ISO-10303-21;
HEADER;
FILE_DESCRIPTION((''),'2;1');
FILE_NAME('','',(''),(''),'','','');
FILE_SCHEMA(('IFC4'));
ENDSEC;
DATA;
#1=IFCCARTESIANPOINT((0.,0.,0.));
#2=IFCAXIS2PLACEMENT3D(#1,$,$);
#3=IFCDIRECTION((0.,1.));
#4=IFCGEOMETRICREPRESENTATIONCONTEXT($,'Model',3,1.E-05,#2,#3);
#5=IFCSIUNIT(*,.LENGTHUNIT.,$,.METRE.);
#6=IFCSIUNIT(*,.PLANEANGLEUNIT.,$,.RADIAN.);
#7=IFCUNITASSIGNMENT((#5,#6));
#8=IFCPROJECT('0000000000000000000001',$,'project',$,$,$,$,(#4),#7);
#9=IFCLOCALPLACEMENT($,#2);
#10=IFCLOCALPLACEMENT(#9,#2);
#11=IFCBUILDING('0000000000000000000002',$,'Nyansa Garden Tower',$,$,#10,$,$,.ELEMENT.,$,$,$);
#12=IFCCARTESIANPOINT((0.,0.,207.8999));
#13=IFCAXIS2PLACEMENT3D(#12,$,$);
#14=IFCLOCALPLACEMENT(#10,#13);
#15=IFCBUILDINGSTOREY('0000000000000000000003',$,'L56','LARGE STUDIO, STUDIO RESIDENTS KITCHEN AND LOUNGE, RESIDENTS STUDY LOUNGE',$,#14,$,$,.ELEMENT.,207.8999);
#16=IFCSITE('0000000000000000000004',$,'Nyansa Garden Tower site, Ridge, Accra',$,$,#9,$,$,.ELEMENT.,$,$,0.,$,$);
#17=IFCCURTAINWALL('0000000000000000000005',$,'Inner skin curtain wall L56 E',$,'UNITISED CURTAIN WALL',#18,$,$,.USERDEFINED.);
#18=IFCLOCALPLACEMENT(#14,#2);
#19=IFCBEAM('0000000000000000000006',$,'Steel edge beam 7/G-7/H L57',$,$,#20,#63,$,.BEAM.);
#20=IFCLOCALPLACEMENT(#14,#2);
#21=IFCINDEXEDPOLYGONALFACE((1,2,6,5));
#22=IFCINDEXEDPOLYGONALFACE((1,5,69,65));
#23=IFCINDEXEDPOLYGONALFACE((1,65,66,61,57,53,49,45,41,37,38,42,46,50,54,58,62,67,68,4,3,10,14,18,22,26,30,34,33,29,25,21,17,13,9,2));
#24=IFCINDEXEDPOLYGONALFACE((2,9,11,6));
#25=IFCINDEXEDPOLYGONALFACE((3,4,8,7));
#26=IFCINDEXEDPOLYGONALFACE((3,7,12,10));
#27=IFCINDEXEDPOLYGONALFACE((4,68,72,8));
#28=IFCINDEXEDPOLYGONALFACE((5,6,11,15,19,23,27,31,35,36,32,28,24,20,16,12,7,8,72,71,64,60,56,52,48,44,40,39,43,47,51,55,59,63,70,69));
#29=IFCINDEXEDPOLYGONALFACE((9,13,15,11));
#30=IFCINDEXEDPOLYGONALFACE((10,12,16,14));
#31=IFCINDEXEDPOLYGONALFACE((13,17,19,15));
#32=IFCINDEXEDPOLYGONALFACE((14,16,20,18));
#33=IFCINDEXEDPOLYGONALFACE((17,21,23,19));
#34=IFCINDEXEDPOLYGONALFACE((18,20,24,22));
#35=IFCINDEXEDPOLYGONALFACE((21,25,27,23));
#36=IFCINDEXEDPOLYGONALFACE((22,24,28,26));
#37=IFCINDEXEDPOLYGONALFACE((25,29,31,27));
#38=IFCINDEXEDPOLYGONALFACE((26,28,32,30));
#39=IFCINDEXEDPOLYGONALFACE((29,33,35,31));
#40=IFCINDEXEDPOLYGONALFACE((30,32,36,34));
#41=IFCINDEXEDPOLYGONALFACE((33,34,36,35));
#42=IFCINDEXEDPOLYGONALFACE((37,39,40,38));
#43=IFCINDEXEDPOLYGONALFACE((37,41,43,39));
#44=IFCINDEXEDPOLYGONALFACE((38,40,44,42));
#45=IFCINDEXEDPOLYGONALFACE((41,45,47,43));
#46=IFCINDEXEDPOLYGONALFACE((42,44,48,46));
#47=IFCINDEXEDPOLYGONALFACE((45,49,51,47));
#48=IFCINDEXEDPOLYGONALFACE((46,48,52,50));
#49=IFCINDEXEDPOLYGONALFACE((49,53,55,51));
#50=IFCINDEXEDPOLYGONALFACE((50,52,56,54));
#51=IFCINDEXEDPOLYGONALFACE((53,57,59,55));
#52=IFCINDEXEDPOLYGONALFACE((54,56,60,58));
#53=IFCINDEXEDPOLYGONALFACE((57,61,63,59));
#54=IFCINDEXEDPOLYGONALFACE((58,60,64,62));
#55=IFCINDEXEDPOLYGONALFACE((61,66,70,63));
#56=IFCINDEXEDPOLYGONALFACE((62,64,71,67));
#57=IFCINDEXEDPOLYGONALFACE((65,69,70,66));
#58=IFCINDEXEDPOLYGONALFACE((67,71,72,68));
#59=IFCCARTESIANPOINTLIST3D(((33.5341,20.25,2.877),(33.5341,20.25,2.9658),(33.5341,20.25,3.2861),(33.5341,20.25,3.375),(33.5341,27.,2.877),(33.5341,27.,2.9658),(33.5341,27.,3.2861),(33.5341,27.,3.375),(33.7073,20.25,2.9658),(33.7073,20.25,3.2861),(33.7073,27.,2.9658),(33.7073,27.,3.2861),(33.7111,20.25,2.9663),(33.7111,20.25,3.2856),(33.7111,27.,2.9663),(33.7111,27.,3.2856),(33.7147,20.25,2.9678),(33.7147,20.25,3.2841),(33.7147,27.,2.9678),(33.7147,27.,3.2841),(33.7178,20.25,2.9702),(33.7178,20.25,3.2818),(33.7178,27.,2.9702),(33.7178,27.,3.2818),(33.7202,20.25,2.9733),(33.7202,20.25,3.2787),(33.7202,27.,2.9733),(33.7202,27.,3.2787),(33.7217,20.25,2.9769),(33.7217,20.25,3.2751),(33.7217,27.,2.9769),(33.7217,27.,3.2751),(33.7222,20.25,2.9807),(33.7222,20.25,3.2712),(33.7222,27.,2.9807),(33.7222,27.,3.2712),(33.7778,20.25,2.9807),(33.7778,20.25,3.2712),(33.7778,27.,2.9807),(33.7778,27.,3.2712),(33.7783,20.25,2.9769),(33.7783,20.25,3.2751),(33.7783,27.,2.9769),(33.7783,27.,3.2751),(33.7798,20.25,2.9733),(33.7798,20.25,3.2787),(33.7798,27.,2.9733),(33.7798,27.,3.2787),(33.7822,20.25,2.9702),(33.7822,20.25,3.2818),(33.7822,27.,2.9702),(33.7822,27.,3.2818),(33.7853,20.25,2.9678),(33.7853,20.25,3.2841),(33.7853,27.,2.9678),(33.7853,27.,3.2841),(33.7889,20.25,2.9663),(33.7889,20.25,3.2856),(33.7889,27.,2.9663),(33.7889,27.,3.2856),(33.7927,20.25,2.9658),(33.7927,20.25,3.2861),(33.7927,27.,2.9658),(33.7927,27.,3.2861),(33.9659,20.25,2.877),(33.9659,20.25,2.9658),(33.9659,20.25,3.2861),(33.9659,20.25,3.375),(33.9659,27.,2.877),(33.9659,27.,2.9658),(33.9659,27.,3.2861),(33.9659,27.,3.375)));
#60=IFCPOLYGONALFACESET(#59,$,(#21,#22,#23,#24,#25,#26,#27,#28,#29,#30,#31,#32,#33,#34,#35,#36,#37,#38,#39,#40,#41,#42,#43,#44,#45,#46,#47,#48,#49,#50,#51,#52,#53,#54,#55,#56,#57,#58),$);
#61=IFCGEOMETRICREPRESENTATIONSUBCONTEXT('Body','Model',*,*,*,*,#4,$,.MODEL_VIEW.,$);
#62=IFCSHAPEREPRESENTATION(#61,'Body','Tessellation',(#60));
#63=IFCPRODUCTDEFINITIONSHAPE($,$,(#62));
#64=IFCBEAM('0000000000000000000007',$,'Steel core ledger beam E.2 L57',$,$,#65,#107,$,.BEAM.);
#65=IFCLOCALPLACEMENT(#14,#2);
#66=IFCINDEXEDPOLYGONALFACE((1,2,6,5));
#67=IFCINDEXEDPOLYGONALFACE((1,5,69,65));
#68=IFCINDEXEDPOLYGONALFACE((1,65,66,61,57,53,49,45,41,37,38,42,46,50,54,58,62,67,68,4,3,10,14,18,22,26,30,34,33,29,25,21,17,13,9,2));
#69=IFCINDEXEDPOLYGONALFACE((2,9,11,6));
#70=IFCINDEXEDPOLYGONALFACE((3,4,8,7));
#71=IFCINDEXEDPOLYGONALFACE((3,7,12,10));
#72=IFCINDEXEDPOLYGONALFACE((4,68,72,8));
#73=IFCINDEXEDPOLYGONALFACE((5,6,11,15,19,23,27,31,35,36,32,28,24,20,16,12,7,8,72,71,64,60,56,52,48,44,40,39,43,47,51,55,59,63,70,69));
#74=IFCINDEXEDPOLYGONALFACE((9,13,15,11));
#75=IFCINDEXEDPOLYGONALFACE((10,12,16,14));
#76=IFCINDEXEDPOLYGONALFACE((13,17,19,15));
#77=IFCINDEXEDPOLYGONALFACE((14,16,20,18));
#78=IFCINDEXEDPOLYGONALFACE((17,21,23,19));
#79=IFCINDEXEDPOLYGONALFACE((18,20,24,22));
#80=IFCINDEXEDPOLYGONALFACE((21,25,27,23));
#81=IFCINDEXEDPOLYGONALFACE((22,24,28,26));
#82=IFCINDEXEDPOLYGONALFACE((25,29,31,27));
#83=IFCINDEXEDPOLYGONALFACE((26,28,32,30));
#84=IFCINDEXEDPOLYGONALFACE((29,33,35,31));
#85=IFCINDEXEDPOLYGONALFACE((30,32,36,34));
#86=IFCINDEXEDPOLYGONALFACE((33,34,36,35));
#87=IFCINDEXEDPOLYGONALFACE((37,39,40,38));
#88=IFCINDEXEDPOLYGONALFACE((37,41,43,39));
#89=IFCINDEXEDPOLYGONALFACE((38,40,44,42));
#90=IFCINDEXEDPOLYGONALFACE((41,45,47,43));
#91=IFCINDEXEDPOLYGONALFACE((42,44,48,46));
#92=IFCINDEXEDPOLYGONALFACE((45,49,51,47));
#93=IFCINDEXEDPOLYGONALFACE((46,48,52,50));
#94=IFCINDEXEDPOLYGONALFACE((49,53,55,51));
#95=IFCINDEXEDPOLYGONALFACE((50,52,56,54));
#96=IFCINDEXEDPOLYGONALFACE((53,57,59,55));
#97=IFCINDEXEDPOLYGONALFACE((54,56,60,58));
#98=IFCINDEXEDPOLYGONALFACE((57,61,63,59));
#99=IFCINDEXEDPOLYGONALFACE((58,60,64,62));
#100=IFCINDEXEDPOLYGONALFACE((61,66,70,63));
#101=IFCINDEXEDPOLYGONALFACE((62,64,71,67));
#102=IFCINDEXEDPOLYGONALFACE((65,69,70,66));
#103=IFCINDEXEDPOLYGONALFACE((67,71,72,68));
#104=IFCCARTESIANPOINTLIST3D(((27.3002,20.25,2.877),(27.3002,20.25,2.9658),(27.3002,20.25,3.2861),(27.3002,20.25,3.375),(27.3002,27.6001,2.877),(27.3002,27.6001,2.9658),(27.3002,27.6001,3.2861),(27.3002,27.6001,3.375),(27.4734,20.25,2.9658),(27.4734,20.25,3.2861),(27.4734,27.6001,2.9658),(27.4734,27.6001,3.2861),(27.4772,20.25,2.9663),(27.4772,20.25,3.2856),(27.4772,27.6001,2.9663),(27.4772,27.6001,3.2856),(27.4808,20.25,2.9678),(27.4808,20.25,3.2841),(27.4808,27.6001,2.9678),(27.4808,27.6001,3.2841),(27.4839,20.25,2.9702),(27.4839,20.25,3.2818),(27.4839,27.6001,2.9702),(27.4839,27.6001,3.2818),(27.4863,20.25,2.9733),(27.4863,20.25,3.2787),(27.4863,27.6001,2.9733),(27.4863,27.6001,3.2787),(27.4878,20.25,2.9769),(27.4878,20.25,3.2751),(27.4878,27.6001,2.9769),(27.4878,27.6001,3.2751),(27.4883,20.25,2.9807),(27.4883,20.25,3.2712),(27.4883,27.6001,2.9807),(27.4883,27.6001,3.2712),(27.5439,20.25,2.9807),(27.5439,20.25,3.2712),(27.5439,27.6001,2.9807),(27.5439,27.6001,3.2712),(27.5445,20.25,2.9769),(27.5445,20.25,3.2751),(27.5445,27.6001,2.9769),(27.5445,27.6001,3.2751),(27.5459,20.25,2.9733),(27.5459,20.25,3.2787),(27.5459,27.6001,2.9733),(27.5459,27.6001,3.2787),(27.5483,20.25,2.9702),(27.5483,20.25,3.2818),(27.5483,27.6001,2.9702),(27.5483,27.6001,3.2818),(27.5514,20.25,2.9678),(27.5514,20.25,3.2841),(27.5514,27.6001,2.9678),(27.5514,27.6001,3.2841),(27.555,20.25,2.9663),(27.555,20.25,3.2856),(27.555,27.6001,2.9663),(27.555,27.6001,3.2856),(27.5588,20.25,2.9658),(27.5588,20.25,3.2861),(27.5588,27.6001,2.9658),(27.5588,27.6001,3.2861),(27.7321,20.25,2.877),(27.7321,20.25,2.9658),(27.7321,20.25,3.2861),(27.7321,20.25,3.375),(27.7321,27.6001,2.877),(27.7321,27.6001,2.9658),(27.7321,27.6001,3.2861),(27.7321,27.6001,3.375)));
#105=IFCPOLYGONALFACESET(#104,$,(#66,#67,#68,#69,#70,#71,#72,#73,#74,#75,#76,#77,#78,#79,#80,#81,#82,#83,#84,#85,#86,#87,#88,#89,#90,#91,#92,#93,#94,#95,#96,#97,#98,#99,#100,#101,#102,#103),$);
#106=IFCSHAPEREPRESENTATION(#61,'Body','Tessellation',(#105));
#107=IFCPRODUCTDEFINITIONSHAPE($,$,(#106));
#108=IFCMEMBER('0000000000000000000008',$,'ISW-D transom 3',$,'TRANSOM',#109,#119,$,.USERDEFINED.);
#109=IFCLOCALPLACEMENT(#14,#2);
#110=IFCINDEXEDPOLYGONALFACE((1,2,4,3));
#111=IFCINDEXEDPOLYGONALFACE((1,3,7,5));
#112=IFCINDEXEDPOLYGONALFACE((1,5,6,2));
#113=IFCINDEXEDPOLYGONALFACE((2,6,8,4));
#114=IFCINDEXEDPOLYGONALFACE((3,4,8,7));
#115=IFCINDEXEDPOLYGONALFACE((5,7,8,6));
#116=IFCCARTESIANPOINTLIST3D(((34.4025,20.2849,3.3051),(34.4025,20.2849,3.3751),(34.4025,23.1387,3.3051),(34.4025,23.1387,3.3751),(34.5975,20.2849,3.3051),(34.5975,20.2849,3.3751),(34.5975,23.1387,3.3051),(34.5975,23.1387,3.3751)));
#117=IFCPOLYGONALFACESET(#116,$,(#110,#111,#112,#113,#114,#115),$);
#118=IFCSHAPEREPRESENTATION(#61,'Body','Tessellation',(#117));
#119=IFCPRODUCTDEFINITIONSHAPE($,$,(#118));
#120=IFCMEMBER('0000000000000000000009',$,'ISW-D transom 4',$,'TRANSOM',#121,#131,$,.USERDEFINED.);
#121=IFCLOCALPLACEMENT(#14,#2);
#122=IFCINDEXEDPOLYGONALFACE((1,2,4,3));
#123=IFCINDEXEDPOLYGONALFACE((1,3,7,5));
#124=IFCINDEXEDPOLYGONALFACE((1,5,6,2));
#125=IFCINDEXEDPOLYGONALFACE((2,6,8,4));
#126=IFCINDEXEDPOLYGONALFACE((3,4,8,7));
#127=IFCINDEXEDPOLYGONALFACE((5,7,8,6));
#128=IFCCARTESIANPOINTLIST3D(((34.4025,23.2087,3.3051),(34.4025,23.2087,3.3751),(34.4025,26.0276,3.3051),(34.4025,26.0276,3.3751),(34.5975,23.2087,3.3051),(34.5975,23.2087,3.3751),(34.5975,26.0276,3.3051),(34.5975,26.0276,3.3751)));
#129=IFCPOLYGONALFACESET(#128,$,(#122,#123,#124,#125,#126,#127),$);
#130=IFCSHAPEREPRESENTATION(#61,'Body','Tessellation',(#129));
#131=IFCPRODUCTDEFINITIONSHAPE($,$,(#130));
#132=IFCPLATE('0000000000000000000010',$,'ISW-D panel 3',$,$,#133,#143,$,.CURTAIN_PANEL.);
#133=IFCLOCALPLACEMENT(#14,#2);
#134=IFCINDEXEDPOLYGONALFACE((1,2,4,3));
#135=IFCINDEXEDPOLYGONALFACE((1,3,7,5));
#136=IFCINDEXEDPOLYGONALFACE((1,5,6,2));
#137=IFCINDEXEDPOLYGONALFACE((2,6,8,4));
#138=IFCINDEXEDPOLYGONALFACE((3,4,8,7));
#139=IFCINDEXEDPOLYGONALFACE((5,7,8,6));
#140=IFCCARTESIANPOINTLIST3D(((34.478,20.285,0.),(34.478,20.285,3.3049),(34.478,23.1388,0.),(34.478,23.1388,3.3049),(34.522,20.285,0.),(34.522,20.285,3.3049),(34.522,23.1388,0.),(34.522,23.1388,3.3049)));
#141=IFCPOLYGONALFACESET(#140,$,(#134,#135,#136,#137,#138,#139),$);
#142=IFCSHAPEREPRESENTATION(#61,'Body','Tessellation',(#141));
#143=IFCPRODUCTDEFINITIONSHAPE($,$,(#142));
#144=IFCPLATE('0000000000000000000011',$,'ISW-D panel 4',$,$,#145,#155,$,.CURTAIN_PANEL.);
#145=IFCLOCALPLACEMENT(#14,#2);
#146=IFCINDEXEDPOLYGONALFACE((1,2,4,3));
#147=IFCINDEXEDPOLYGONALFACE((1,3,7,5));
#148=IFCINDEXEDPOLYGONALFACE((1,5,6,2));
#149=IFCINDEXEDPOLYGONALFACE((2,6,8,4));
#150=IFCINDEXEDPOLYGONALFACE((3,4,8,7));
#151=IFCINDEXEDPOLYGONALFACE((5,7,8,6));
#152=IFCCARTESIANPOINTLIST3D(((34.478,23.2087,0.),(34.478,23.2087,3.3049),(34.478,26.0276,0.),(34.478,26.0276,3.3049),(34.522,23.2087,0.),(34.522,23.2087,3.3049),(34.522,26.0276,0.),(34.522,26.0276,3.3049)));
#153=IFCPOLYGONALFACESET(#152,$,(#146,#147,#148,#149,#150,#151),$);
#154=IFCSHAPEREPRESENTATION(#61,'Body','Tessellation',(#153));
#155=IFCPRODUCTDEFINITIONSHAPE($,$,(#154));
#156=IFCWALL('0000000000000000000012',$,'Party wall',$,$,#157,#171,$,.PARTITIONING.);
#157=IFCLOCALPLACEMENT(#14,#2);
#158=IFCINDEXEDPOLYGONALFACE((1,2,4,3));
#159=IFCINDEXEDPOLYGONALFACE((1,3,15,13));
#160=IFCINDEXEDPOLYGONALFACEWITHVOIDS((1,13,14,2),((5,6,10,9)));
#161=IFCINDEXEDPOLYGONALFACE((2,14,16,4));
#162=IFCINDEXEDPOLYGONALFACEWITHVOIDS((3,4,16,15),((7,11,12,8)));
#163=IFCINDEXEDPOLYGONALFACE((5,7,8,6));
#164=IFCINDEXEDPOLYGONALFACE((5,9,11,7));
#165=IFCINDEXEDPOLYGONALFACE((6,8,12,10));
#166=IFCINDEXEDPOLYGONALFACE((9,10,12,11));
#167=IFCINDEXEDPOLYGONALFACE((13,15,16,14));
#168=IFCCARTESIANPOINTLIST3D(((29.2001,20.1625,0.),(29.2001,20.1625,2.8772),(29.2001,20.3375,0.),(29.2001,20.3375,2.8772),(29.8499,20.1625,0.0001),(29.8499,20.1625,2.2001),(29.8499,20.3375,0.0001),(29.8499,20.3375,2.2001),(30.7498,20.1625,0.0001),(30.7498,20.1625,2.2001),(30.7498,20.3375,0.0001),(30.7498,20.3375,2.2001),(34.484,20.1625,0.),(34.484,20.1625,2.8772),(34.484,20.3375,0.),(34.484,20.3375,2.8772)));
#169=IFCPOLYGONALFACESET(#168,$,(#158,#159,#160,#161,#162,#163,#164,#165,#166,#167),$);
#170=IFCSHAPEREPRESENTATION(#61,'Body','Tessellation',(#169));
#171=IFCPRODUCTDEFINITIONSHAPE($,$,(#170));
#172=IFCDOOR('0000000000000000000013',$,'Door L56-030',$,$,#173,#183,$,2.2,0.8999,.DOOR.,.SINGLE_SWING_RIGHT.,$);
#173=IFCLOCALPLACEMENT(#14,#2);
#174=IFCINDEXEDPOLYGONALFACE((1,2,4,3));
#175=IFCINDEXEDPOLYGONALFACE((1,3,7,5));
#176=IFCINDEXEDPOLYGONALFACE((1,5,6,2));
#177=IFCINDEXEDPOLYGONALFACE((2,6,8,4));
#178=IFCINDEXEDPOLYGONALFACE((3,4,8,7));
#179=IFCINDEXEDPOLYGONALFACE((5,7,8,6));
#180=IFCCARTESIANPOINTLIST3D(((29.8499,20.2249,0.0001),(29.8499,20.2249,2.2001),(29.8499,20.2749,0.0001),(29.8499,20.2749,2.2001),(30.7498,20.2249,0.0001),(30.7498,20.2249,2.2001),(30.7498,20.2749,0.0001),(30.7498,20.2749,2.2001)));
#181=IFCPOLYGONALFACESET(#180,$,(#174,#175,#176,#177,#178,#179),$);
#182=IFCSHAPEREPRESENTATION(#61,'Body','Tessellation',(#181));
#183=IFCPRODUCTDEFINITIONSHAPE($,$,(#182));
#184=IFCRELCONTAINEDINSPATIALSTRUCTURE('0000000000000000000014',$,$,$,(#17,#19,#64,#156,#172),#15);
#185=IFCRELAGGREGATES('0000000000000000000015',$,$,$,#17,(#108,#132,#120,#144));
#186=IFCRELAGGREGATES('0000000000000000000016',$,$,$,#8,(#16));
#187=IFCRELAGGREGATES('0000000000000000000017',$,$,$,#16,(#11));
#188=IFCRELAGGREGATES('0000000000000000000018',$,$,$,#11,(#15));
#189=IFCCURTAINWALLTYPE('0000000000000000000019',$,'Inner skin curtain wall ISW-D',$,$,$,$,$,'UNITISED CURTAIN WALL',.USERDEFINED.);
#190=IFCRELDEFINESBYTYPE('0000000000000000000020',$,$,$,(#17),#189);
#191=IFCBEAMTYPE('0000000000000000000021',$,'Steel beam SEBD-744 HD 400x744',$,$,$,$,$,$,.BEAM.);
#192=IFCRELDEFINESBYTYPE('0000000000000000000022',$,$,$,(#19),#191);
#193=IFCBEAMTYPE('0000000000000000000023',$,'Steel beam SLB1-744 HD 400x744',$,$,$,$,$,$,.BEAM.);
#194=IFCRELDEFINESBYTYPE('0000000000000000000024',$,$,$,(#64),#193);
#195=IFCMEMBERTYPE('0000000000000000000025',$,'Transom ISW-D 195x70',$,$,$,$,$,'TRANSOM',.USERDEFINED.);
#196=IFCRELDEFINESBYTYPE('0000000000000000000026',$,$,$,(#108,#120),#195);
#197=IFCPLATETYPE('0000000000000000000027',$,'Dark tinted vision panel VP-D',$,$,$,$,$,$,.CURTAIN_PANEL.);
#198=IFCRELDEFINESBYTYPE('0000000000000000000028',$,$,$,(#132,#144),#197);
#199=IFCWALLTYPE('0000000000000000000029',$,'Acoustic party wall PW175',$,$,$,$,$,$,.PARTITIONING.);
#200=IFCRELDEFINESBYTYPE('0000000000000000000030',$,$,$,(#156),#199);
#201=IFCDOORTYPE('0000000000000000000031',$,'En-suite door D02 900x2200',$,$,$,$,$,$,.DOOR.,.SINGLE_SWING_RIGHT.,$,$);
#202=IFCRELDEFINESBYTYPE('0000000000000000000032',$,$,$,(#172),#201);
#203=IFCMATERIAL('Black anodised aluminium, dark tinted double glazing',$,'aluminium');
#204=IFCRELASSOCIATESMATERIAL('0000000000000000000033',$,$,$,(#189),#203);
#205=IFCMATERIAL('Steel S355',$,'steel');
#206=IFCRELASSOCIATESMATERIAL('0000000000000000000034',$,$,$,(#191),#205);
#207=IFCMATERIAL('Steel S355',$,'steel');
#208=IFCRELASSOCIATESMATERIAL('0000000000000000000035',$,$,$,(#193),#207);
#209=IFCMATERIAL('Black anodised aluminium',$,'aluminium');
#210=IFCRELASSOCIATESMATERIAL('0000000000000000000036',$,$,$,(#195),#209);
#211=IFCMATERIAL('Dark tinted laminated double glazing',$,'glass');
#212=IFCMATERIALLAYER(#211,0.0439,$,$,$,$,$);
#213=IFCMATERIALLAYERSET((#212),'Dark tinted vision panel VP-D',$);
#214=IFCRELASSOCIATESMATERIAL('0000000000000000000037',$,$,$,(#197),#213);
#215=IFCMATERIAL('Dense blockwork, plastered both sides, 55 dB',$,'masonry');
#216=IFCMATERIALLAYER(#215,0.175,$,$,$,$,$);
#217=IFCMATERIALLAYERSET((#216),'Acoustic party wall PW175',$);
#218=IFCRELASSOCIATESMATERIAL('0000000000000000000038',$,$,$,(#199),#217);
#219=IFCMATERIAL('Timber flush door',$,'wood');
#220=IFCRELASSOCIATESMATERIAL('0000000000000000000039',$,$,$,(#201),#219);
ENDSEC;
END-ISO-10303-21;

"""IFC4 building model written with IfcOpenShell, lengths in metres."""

from ifc_helpers import new_model, si_unit, direction, frame, frame_2d, origin, origin_2d, place, context, subcontext, project, spatial, rectangle, i_section, extrude, material, layer, layer_set, material_profile, profile_set, type_object, element, fill, aggregate, save


model = new_model("IFC4")

# Units and contexts
model_context = context("Model", 3, precision=1e-05, world=origin(), true_north=direction((0.0, 1.0)))
body_context = subcontext(model_context, "Body", "Model", "MODEL_VIEW")
ifc_project = project(units=[si_unit("LENGTHUNIT", "METRE"), si_unit("PLANEANGLEUNIT", "RADIAN")], contexts=[model_context])

# Site, building, storey
site_placement = place(None, origin())
site = spatial("IfcSite", under=ifc_project, at=site_placement, Name="Nyansa Garden Tower site, Ridge, Accra", CompositionType="ELEMENT", RefElevation=0.0)
building_placement = place(site_placement, origin())
building = spatial("IfcBuilding", under=site, at=building_placement, Name="Nyansa Garden Tower", CompositionType="ELEMENT")
storey_placement = place(building_placement, frame((0.0, 0.0, 207.8999)))
storey = spatial("IfcBuildingStorey", under=building, at=storey_placement, Name="L56", Description="LARGE STUDIO, STUDIO RESIDENTS KITCHEN AND LOUNGE, RESIDENTS STUDY LOUNGE", CompositionType="ELEMENT", Elevation=207.8999)

# Curtain wall
ifc_material_1 = material(Name="Black anodised aluminium, dark tinted double glazing", Category="aluminium")
curtain_wall_type = type_object("IfcCurtainWallType", Name="Inner skin curtain wall ISW-D", ElementType="UNITISED CURTAIN WALL", PredefinedType="USERDEFINED", material=ifc_material_1)
curtain_wall_placement = place(storey_placement, origin())
curtain_wall = element("IfcCurtainWall", 1, at=curtain_wall_placement, inside=storey, type_object=curtain_wall_type, Name="Inner skin curtain wall L56 E", ObjectType="UNITISED CURTAIN WALL", PredefinedType="USERDEFINED")

# Beams
ifc_material_2 = material(Name="Steel S355", Category="steel")
ifc_material_profile_1 = material_profile(ifc_material_2, i_section(OverallWidth=0.4319, OverallDepth=0.498, WebThickness=0.0557, FlangeThickness=0.0889, FilletRadius=0.0149, at=origin_2d()), Name="HD 400x744")
ifc_profile_set_1 = profile_set([ifc_material_profile_1], Name="Steel S355")
beam_type_1 = type_object("IfcBeamType", Name="Steel beam SEBD-744 HD 400x744", PredefinedType="BEAM", material=ifc_profile_set_1)
beam_1_placement = place(storey_placement, frame((33.75, 20.25, 3.126), z_axis=(0.0, 1.0, 0.0), x_axis=(-1.0, 0.0, 0.0)))
element("IfcBeam", 2, at=beam_1_placement, inside=storey, type_object=beam_type_1, Name="Steel edge beam 7/G-7/H L57", PredefinedType="BEAM", context=body_context, shape_type="SweptSolid", body=[
    extrude(i_section(OverallWidth=0.4319, OverallDepth=0.498, WebThickness=0.0557, FlangeThickness=0.0889, FilletRadius=0.0149, at=origin_2d()), origin(), (0.0, 0.0, 1.0), 6.75),
])
ifc_material_3 = material(Name="Steel S355", Category="steel")
ifc_material_profile_2 = material_profile(ifc_material_3, i_section(OverallWidth=0.4319, OverallDepth=0.498, WebThickness=0.0557, FlangeThickness=0.0889, FilletRadius=0.0149, at=origin_2d()), Name="HD 400x744")
ifc_profile_set_2 = profile_set([ifc_material_profile_2], Name="Steel S355")
beam_type_2 = type_object("IfcBeamType", Name="Steel beam SLB1-744 HD 400x744", PredefinedType="BEAM", material=ifc_profile_set_2)
beam_2_placement = place(storey_placement, frame((27.5161, 20.25, 3.126), z_axis=(0.0, 1.0, 0.0), x_axis=(-1.0, 0.0, 0.0)))
element("IfcBeam", 3, at=beam_2_placement, inside=storey, type_object=beam_type_2, Name="Steel core ledger beam E.2 L57", PredefinedType="BEAM", context=body_context, shape_type="SweptSolid", body=[
    extrude(i_section(OverallWidth=0.4319, OverallDepth=0.498, WebThickness=0.0557, FlangeThickness=0.0889, FilletRadius=0.0149, at=origin_2d()), origin(), (0.0, 0.0, 1.0), 7.3501),
])

# Members
ifc_material_4 = material(Name="Black anodised aluminium", Category="aluminium")
ifc_material_profile_3 = material_profile(ifc_material_4, rectangle(XDim=0.1951, YDim=0.0701, at=origin_2d()), Name="Transom 195x70")
ifc_profile_set_3 = profile_set([ifc_material_profile_3], Name="Black anodised aluminium")
member_type_1 = type_object("IfcMemberType", Name="Transom ISW-D 195x70", ElementType="TRANSOM", PredefinedType="USERDEFINED", material=ifc_profile_set_3)
member_1_placement = place(storey_placement, frame((34.5, 20.2849, 3.3401), z_axis=(0.0, 1.0, 0.0), x_axis=(-1.0, 0.0, 0.0)))
member_1 = element("IfcMember", 4, at=member_1_placement, type_object=member_type_1, Name="ISW-D transom 3", ObjectType="TRANSOM", PredefinedType="USERDEFINED", context=body_context, shape_type="SweptSolid", body=[
    extrude(rectangle(XDim=0.1951, YDim=0.0701, at=origin_2d()), origin(), (0.0, 0.0, 1.0), 2.8538),
])
member_2_placement = place(storey_placement, frame((34.5, 23.2087, 3.3401), z_axis=(0.0, 1.0, 0.0), x_axis=(-1.0, 0.0, 0.0)))
member_2 = element("IfcMember", 5, at=member_2_placement, type_object=member_type_1, Name="ISW-D transom 4", ObjectType="TRANSOM", PredefinedType="USERDEFINED", context=body_context, shape_type="SweptSolid", body=[
    extrude(rectangle(XDim=0.1951, YDim=0.0701, at=origin_2d()), origin(), (0.0, 0.0, 1.0), 2.8188),
])

# Plates
ifc_material_5 = material(Name="Dark tinted laminated double glazing", Category="glass")
ifc_layer_1 = layer(ifc_material_5, 0.0439)
ifc_layer_set_1 = layer_set([ifc_layer_1], Name="Dark tinted vision panel VP-D")
plate_type = type_object("IfcPlateType", Name="Dark tinted vision panel VP-D", PredefinedType="CURTAIN_PANEL", material=ifc_layer_set_1)
plate_1_placement = place(storey_placement, frame((34.5, 21.7119, 0.0), z_axis=(0.0, 0.0, 1.0), x_axis=(0.0, 1.0, 0.0)))
plate_1 = element("IfcPlate", 6, at=plate_1_placement, type_object=plate_type, Name="ISW-D panel 3", PredefinedType="CURTAIN_PANEL", context=body_context, shape_type="SweptSolid", body=[
    extrude(rectangle(XDim=2.8538, YDim=0.0439, at=origin_2d()), origin(), (0.0, 0.0, 1.0), 3.3049),
])
plate_2_placement = place(storey_placement, frame((34.5, 24.6182, 0.0), z_axis=(0.0, 0.0, 1.0), x_axis=(0.0, 1.0, 0.0)))
plate_2 = element("IfcPlate", 7, at=plate_2_placement, type_object=plate_type, Name="ISW-D panel 4", PredefinedType="CURTAIN_PANEL", context=body_context, shape_type="SweptSolid", body=[
    extrude(rectangle(XDim=2.8188, YDim=0.0439, at=origin_2d()), origin(), (0.0, 0.0, 1.0), 3.3049),
])
aggregate(curtain_wall, [member_1, plate_1, member_2, plate_2])

# Wall, opening, door
ifc_material_6 = material(Name="Dense blockwork, plastered both sides, 55 dB", Category="masonry")
ifc_layer_2 = layer(ifc_material_6, 0.175)
ifc_layer_set_2 = layer_set([ifc_layer_2], Name="Acoustic party wall PW175")
wall_type_1 = type_object("IfcWallType", Name="Acoustic party wall PW175", PredefinedType="PARTITIONING", material=ifc_layer_set_2)
wall_1_placement = place(storey_placement, frame((29.2, 20.25, 0.0), z_axis=(0.0, 0.0, 1.0), x_axis=(1.0, 0.0, 0.0)))
wall_1 = element("IfcWall", 8, at=wall_1_placement, inside=storey, type_object=wall_type_1, Name="Party wall", PredefinedType="PARTITIONING", context=body_context, shape_type="SweptSolid", body=[
    extrude(rectangle(XDim=5.2839, YDim=0.175, at=frame_2d((2.6421, 0.0))), origin(), (0.0, 0.0, 1.0), 2.8772),
])
opening_1_placement = place(wall_1_placement, frame((0.6499, 0.0, 0.0)))
opening_1 = element("IfcOpeningElement", 9, at=opening_1_placement, cuts=wall_1, PredefinedType="OPENING", context=body_context, shape_type="SweptSolid", body=[
    extrude(rectangle(XDim=0.8999, YDim=2.2, at=frame_2d((0.45, 1.1001))), frame((0.0, 0.0974, 0.0), z_axis=(0.0, -1.0, 0.0), x_axis=(1.0, 0.0, 0.0)), (0.0, 0.0, 1.0), 0.1951),
])
ifc_material_7 = material(Name="Timber flush door", Category="wood")
door_type = type_object("IfcDoorType", Name="En-suite door D02 900x2200", OperationType="SINGLE_SWING_RIGHT", PredefinedType="DOOR", material=ifc_material_7)
door_1_placement = place(opening_1_placement, origin())
door_1 = element("IfcDoor", 10, at=door_1_placement, inside=storey, type_object=door_type, Name="Door L56-030", OperationType="SINGLE_SWING_RIGHT", OverallHeight=2.2, OverallWidth=0.8999, PredefinedType="DOOR", context=body_context, shape_type="SweptSolid", body=[
    extrude(rectangle(XDim=0.8999, YDim=2.2, at=frame_2d((0.45, 1.1001))), frame((0.0, 0.0249, 0.0), z_axis=(0.0, -1.0, 0.0), x_axis=(1.0, 0.0, 0.0)), (0.0, 0.0, 1.0), 0.05),
])
fill(opening_1, door_1)

save(model, "model.ifc")
